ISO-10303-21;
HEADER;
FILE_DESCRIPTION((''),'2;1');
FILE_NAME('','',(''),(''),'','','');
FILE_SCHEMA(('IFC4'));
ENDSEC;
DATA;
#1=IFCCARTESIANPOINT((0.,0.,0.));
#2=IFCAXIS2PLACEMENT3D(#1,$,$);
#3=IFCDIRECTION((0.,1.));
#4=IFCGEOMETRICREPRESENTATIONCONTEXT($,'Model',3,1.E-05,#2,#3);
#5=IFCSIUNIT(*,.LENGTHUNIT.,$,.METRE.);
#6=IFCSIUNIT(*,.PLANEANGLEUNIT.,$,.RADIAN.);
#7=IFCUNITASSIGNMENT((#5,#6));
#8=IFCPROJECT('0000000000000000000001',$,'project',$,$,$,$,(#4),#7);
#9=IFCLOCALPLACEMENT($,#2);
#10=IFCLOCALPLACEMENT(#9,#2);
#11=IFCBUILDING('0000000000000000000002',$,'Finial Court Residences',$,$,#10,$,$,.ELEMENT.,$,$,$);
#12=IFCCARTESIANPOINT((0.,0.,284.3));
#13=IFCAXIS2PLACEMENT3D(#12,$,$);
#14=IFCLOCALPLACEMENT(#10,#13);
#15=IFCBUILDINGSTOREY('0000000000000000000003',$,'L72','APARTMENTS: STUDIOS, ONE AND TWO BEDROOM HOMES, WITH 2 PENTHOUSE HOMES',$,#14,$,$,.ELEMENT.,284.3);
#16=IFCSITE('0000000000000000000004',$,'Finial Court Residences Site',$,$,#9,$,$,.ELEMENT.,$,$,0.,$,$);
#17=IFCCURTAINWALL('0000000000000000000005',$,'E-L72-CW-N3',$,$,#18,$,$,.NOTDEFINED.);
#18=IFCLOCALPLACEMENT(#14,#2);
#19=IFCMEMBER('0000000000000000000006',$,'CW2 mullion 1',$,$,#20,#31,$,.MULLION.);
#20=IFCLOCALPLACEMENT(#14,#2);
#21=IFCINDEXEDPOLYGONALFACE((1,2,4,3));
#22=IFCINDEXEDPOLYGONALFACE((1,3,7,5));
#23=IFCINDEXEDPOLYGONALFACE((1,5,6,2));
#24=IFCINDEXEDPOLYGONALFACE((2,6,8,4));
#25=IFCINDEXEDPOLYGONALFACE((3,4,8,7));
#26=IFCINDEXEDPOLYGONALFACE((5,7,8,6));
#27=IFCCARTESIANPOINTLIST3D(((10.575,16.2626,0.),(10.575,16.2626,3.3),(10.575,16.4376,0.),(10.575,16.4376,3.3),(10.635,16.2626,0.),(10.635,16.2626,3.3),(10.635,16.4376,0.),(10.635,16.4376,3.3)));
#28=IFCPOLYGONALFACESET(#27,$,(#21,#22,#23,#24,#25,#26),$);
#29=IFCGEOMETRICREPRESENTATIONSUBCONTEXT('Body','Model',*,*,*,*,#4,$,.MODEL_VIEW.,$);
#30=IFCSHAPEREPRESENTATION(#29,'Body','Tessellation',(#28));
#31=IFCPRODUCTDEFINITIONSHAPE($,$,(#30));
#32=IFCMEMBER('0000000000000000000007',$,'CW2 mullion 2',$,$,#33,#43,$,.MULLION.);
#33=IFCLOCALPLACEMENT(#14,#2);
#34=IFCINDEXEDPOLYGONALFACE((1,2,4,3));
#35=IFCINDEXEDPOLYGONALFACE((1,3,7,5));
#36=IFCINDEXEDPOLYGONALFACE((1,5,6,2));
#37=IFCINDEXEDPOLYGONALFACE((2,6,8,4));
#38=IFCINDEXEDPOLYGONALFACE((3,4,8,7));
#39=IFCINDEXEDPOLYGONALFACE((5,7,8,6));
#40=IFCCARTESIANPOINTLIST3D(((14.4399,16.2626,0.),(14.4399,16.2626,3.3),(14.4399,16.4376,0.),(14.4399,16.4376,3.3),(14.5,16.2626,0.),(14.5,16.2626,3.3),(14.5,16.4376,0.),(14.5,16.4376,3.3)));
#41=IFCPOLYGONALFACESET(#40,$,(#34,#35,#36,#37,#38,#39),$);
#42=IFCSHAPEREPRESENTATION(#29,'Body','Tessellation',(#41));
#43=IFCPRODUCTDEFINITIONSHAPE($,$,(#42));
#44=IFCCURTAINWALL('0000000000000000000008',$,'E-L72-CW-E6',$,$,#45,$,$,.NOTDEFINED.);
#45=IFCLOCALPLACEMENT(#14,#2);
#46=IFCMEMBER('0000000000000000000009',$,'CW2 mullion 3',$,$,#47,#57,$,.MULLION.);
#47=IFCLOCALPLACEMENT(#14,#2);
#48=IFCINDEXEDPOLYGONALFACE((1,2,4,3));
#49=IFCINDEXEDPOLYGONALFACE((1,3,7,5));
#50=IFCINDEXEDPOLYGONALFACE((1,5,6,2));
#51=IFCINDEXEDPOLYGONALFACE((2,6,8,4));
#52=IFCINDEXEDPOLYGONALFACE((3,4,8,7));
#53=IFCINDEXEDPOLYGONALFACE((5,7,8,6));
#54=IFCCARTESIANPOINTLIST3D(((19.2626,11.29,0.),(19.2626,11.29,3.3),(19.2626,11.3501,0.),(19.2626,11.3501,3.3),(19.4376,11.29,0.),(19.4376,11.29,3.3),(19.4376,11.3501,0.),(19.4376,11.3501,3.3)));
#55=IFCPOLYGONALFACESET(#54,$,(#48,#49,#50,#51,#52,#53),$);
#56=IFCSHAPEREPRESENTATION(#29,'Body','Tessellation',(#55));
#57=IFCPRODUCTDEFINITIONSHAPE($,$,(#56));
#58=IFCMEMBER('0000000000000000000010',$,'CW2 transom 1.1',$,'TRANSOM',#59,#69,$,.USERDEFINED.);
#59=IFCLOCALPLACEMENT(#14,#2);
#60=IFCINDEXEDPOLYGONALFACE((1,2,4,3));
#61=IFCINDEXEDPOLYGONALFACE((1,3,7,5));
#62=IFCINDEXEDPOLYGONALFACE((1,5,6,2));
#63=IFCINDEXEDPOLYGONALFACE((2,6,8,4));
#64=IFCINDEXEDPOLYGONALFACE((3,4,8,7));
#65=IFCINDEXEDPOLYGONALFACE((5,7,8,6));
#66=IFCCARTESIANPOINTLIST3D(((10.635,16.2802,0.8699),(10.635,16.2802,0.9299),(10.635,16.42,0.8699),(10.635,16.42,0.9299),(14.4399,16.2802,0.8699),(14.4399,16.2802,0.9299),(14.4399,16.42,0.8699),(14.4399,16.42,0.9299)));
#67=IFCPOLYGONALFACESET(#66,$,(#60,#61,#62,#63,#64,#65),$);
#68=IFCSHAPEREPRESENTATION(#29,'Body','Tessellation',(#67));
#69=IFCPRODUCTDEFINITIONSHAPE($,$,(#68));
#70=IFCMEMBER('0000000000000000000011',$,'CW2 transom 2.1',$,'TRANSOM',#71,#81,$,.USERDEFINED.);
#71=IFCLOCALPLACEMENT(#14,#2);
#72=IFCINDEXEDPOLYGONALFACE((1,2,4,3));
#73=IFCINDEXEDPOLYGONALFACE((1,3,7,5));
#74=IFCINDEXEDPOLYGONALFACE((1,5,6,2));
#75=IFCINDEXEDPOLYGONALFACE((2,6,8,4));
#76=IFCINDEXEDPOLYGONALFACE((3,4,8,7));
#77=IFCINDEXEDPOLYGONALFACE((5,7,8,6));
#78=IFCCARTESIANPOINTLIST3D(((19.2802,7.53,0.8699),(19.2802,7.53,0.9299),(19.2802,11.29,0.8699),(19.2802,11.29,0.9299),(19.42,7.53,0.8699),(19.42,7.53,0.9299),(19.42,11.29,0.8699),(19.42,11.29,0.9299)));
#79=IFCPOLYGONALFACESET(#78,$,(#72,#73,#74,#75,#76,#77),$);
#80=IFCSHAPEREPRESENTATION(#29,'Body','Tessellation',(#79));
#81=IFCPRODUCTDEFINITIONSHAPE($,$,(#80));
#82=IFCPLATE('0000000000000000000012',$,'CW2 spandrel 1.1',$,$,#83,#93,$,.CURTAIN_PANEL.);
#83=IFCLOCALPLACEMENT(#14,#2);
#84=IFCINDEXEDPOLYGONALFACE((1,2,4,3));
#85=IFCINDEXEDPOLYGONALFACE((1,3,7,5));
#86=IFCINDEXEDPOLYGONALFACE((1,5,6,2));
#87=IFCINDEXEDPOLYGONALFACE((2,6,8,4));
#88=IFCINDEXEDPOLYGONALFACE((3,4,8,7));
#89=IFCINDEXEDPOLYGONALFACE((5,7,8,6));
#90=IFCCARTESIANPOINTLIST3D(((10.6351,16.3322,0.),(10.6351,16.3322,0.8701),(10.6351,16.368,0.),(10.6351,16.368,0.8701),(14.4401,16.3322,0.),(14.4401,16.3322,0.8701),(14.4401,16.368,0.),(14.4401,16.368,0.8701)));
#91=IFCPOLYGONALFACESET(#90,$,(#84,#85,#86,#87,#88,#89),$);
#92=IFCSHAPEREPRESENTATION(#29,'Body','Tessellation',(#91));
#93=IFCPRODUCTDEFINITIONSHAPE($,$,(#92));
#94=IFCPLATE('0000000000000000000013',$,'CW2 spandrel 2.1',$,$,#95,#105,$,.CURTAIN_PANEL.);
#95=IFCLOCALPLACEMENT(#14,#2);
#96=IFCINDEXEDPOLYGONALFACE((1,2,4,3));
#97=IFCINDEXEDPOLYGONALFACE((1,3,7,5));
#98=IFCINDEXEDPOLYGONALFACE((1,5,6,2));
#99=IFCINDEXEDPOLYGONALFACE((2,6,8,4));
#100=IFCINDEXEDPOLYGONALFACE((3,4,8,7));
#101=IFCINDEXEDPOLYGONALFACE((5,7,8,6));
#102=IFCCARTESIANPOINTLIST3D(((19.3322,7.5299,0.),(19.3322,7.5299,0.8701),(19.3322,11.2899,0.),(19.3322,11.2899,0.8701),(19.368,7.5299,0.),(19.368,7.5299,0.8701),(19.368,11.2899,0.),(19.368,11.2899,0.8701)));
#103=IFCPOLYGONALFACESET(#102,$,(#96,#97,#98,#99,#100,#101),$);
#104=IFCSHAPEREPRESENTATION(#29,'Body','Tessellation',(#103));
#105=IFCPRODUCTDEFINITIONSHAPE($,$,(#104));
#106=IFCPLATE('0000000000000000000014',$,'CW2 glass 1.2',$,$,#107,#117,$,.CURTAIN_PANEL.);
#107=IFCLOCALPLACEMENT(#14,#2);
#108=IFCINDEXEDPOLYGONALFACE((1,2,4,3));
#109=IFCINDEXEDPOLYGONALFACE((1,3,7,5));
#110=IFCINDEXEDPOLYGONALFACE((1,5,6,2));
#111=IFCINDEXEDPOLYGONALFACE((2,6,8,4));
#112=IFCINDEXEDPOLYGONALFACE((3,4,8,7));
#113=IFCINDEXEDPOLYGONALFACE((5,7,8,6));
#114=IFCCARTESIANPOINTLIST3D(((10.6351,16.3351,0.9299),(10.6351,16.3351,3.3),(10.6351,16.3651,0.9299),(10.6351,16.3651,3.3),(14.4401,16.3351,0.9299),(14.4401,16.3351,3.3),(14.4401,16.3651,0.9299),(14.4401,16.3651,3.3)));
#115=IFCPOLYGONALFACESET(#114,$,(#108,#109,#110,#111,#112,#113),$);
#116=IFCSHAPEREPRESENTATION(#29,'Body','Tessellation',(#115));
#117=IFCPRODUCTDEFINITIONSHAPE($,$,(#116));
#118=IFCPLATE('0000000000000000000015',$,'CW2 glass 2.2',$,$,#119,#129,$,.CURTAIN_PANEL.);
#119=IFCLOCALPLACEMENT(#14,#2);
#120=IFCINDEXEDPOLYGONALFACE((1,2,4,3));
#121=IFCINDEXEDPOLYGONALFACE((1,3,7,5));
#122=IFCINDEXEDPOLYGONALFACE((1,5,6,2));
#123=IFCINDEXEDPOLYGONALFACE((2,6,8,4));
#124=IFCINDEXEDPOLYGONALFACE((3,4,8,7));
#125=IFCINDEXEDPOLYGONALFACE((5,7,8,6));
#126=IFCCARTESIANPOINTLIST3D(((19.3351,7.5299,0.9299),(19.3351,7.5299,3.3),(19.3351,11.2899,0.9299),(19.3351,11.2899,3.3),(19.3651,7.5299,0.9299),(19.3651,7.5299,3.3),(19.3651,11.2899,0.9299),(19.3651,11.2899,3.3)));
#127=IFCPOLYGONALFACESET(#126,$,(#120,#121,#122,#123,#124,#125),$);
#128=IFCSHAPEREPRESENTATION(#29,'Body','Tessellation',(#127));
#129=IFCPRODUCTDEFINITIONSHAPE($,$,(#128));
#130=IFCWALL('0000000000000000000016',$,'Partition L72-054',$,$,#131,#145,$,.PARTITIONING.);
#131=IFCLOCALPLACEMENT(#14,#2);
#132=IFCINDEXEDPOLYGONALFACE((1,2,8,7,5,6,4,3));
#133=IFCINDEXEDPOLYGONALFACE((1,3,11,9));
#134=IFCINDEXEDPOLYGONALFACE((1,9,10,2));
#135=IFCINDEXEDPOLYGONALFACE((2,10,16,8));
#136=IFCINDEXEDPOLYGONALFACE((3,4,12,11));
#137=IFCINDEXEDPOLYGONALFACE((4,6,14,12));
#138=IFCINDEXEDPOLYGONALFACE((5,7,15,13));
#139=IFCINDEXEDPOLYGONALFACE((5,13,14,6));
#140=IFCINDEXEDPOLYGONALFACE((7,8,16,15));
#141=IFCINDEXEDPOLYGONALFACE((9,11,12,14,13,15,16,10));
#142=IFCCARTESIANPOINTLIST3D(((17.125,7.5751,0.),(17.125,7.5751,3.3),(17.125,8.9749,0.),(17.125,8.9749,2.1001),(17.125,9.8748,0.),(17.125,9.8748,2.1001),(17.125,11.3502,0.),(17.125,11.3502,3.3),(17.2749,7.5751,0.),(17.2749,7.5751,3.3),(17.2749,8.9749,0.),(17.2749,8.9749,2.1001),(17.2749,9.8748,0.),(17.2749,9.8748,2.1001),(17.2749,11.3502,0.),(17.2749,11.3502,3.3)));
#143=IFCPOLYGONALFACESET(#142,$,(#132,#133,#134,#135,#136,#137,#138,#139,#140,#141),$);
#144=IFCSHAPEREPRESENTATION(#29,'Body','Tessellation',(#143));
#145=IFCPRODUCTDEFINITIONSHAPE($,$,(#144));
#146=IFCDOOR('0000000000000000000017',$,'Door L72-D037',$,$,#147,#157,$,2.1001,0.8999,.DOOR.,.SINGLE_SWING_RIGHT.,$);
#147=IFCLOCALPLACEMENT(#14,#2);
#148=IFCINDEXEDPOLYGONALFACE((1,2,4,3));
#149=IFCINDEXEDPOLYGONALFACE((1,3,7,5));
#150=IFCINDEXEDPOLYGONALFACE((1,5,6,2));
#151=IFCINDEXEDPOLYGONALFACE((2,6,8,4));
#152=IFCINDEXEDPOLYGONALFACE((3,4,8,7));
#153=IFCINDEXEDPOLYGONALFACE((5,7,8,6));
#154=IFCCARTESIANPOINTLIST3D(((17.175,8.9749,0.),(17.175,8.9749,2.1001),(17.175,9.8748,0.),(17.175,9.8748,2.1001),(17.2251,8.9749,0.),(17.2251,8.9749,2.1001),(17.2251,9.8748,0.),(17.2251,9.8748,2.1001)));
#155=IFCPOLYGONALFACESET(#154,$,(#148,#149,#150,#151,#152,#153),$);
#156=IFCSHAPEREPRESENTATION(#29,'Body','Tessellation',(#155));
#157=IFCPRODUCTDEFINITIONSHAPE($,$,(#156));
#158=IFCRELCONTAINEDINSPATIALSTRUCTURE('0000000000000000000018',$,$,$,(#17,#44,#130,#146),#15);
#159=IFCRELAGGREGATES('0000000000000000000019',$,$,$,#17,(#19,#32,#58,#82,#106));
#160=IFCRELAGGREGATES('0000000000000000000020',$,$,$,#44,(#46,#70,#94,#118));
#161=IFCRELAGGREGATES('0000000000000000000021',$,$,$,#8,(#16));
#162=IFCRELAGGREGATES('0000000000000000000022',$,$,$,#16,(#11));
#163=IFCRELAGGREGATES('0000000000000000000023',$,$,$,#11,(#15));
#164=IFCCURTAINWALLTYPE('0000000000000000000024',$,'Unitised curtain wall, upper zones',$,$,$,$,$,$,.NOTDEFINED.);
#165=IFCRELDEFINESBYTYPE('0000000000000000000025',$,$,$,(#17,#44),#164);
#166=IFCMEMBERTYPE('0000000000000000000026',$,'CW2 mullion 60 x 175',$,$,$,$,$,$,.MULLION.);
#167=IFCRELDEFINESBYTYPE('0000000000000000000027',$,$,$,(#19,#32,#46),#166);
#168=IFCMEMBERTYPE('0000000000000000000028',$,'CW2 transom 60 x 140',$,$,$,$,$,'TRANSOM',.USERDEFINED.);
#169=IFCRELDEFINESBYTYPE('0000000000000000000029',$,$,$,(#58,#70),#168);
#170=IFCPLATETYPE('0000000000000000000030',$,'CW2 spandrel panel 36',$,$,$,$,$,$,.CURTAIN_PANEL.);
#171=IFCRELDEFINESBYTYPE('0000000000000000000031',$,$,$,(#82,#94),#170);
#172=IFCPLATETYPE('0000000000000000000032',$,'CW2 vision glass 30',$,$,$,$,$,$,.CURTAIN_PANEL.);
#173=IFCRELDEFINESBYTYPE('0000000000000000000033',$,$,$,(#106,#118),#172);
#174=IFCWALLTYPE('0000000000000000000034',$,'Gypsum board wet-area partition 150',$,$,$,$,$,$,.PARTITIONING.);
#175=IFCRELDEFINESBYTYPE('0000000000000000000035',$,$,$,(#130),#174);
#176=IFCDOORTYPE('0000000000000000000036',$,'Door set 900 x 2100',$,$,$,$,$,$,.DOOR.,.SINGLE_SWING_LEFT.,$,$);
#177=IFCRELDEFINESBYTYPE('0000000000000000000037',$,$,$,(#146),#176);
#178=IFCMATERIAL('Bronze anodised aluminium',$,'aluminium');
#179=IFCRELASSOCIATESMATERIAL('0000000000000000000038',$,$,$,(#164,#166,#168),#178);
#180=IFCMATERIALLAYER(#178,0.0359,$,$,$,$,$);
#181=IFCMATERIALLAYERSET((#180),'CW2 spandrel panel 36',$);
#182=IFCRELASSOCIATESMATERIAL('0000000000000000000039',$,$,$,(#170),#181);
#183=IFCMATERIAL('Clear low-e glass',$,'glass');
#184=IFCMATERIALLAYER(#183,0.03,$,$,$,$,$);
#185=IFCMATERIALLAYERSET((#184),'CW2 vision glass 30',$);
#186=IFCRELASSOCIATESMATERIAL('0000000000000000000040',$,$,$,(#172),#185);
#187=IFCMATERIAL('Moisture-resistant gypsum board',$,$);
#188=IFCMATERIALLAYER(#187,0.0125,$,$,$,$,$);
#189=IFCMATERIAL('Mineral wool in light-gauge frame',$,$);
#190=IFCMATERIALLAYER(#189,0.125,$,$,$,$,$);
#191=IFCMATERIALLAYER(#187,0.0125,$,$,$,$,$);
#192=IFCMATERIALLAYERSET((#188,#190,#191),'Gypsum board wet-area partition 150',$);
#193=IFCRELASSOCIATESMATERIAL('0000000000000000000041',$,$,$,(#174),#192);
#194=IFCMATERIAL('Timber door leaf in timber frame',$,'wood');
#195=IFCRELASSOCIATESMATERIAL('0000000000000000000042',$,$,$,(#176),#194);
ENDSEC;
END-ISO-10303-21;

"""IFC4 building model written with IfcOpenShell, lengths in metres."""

from ifc_helpers import new_model, si_unit, direction, frame, frame_2d, origin, origin_2d, place, context, subcontext, project, spatial, rectangle, extrude, material, layer, layer_set, material_profile, profile_set, type_object, element, fill, aggregate, save


model = new_model("IFC4")

# Units and contexts
model_context = context("Model", 3, precision=1e-05, world=origin(), true_north=direction((0.0, 1.0)))
body_context = subcontext(model_context, "Body", "Model", "MODEL_VIEW")
ifc_project = project(units=[si_unit("LENGTHUNIT", "METRE"), si_unit("PLANEANGLEUNIT", "RADIAN")], contexts=[model_context])

# Site, building, storey
site_placement = place(None, origin())
site = spatial("IfcSite", under=ifc_project, at=site_placement, Name="Finial Court Residences Site", CompositionType="ELEMENT", RefElevation=0.0)
building_placement = place(site_placement, origin())
building = spatial("IfcBuilding", under=site, at=building_placement, Name="Finial Court Residences", CompositionType="ELEMENT")
storey_placement = place(building_placement, frame((0.0, 0.0, 284.3)))
storey = spatial("IfcBuildingStorey", under=building, at=storey_placement, Name="L72", Description="APARTMENTS: STUDIOS, ONE AND TWO BEDROOM HOMES, WITH 2 PENTHOUSE HOMES", CompositionType="ELEMENT", Elevation=284.3)

# Curtain wall, members
ifc_material_1 = material(Name="Bronze anodised aluminium", Category="aluminium")
curtain_wall_type = type_object("IfcCurtainWallType", Name="Unitised curtain wall, upper zones", PredefinedType="NOTDEFINED", material=ifc_material_1)
curtain_wall_1_placement = place(storey_placement, origin())
curtain_wall_1 = element("IfcCurtainWall", 1, at=curtain_wall_1_placement, inside=storey, type_object=curtain_wall_type, Name="E-L72-CW-N3", PredefinedType="NOTDEFINED")
ifc_material_profile_1 = material_profile(ifc_material_1, rectangle(XDim=0.175, YDim=0.0601, at=origin_2d()), Name="CW2 mullion 60 x 175")
ifc_profile_set_1 = profile_set([ifc_material_profile_1], Name="Bronze anodised aluminium")
member_type_1 = type_object("IfcMemberType", Name="CW2 mullion 60 x 175", PredefinedType="MULLION", material=ifc_profile_set_1)
member_1_placement = place(storey_placement, frame((10.605, 16.3501, 0.0), z_axis=(0.0, 0.0, 1.0), x_axis=(0.0, 1.0, 0.0)))
member_1 = element("IfcMember", 2, at=member_1_placement, type_object=member_type_1, Name="CW2 mullion 1", PredefinedType="MULLION", context=body_context, shape_type="SweptSolid", body=[
    extrude(rectangle(XDim=0.175, YDim=0.0601, at=origin_2d()), origin(), (0.0, 0.0, 1.0), 3.3),
])
member_2_placement = place(storey_placement, frame((14.47, 16.3501, 0.0), z_axis=(0.0, 0.0, 1.0), x_axis=(0.0, 1.0, 0.0)))
member_2 = element("IfcMember", 3, at=member_2_placement, type_object=member_type_1, Name="CW2 mullion 2", PredefinedType="MULLION", context=body_context, shape_type="SweptSolid", body=[
    extrude(rectangle(XDim=0.175, YDim=0.0601, at=origin_2d()), origin(), (0.0, 0.0, 1.0), 3.3),
])

# Curtain wall, member
curtain_wall_2_placement = place(storey_placement, origin())
curtain_wall_2 = element("IfcCurtainWall", 4, at=curtain_wall_2_placement, inside=storey, type_object=curtain_wall_type, Name="E-L72-CW-E6", PredefinedType="NOTDEFINED")
member_3_placement = place(storey_placement, frame((19.3501, 11.3201, 0.0), z_axis=(0.0, 0.0, 1.0), x_axis=(-1.0, 0.0, 0.0)))
member_3 = element("IfcMember", 5, at=member_3_placement, type_object=member_type_1, Name="CW2 mullion 3", PredefinedType="MULLION", context=body_context, shape_type="SweptSolid", body=[
    extrude(rectangle(XDim=0.175, YDim=0.0601, at=origin_2d()), origin(), (0.0, 0.0, 1.0), 3.3),
])

# Members
ifc_material_profile_2 = material_profile(ifc_material_1, rectangle(XDim=0.1399, YDim=0.0601, at=origin_2d()), Name="CW2 transom 60 x 140")
ifc_profile_set_2 = profile_set([ifc_material_profile_2], Name="Bronze anodised aluminium")
member_type_2 = type_object("IfcMemberType", Name="CW2 transom 60 x 140", ElementType="TRANSOM", PredefinedType="USERDEFINED", material=ifc_profile_set_2)
member_4_placement = place(storey_placement, frame((10.635, 16.3501, 0.8999), z_axis=(1.0, 0.0, 0.0), x_axis=(0.0, 1.0, 0.0)))
member_4 = element("IfcMember", 6, at=member_4_placement, type_object=member_type_2, Name="CW2 transom 1.1", ObjectType="TRANSOM", PredefinedType="USERDEFINED", context=body_context, shape_type="SweptSolid", body=[
    extrude(rectangle(XDim=0.1399, YDim=0.0601, at=origin_2d()), origin(), (0.0, 0.0, 1.0), 3.8049),
])
member_5_placement = place(storey_placement, frame((19.3501, 7.53, 0.8999), z_axis=(0.0, 1.0, 0.0), x_axis=(-1.0, 0.0, 0.0)))
member_5 = element("IfcMember", 7, at=member_5_placement, type_object=member_type_2, Name="CW2 transom 2.1", ObjectType="TRANSOM", PredefinedType="USERDEFINED", context=body_context, shape_type="SweptSolid", body=[
    extrude(rectangle(XDim=0.1399, YDim=0.0601, at=origin_2d()), origin(), (0.0, 0.0, 1.0), 3.76),
])

# Plates
ifc_layer_1 = layer(ifc_material_1, 0.0359)
ifc_layer_set_1 = layer_set([ifc_layer_1], Name="CW2 spandrel panel 36")
plate_type_1 = type_object("IfcPlateType", Name="CW2 spandrel panel 36", PredefinedType="CURTAIN_PANEL", material=ifc_layer_set_1)
plate_1_placement = place(storey_placement, frame((12.5376, 16.3501, 0.0), z_axis=(0.0, 0.0, 1.0), x_axis=(1.0, 0.0, 0.0)))
plate_1 = element("IfcPlate", 8, at=plate_1_placement, type_object=plate_type_1, Name="CW2 spandrel 1.1", PredefinedType="CURTAIN_PANEL", context=body_context, shape_type="SweptSolid", body=[
    extrude(rectangle(XDim=3.8049, YDim=0.0359, at=origin_2d()), origin(), (0.0, 0.0, 1.0), 0.8701),
])
plate_2_placement = place(storey_placement, frame((19.3501, 9.4099, 0.0), z_axis=(0.0, 0.0, 1.0), x_axis=(0.0, 1.0, 0.0)))
plate_2 = element("IfcPlate", 9, at=plate_2_placement, type_object=plate_type_1, Name="CW2 spandrel 2.1", PredefinedType="CURTAIN_PANEL", context=body_context, shape_type="SweptSolid", body=[
    extrude(rectangle(XDim=3.76, YDim=0.0359, at=origin_2d()), origin(), (0.0, 0.0, 1.0), 0.8701),
])
ifc_material_2 = material(Name="Clear low-e glass", Category="glass")
ifc_layer_2 = layer(ifc_material_2, 0.03)
ifc_layer_set_2 = layer_set([ifc_layer_2], Name="CW2 vision glass 30")
plate_type_2 = type_object("IfcPlateType", Name="CW2 vision glass 30", PredefinedType="CURTAIN_PANEL", material=ifc_layer_set_2)
plate_3_placement = place(storey_placement, frame((12.5376, 16.3501, 0.9299), z_axis=(0.0, 0.0, 1.0), x_axis=(1.0, 0.0, 0.0)))
plate_3 = element("IfcPlate", 10, at=plate_3_placement, type_object=plate_type_2, Name="CW2 glass 1.2", PredefinedType="CURTAIN_PANEL", context=body_context, shape_type="SweptSolid", body=[
    extrude(rectangle(XDim=3.8049, YDim=0.03, at=origin_2d()), origin(), (0.0, 0.0, 1.0), 2.3701),
])
aggregate(curtain_wall_1, [member_1, member_2, member_4, plate_1, plate_3])
plate_4_placement = place(storey_placement, frame((19.3501, 9.4099, 0.9299), z_axis=(0.0, 0.0, 1.0), x_axis=(0.0, 1.0, 0.0)))
plate_4 = element("IfcPlate", 11, at=plate_4_placement, type_object=plate_type_2, Name="CW2 glass 2.2", PredefinedType="CURTAIN_PANEL", context=body_context, shape_type="SweptSolid", body=[
    extrude(rectangle(XDim=3.76, YDim=0.03, at=origin_2d()), origin(), (0.0, 0.0, 1.0), 2.3701),
])
aggregate(curtain_wall_2, [member_3, member_5, plate_2, plate_4])

# Wall, opening, door
ifc_material_3 = material(Name="Moisture-resistant gypsum board")
ifc_layer_3 = layer(ifc_material_3, 0.0125)
ifc_material_4 = material(Name="Mineral wool in light-gauge frame")
ifc_layer_4 = layer(ifc_material_4, 0.125)
ifc_layer_5 = layer(ifc_material_3, 0.0125)
ifc_layer_set_3 = layer_set([ifc_layer_3, ifc_layer_4, ifc_layer_5], Name="Gypsum board wet-area partition 150")
wall_type_1 = type_object("IfcWallType", Name="Gypsum board wet-area partition 150", PredefinedType="PARTITIONING", material=ifc_layer_set_3)
wall_1_placement = place(storey_placement, frame((17.2, 7.575, 0.0), z_axis=(0.0, 0.0, 1.0), x_axis=(0.0, 1.0, 0.0)))
wall_1 = element("IfcWall", 12, at=wall_1_placement, inside=storey, type_object=wall_type_1, Name="Partition L72-054", PredefinedType="PARTITIONING", context=body_context, shape_type="SweptSolid", body=[
    extrude(rectangle(XDim=3.7751, YDim=0.1499, at=frame_2d((1.8877, 0.0))), origin(), (0.0, 0.0, 1.0), 3.3),
])
opening_1_placement = place(wall_1_placement, frame((1.3999, 0.0, 0.0)))
opening_1 = element("IfcOpeningElement", 13, at=opening_1_placement, cuts=wall_1, PredefinedType="OPENING", context=body_context, shape_type="SweptSolid", body=[
    extrude(rectangle(XDim=0.8999, YDim=2.1001, at=frame_2d((0.45, 1.05))), frame((0.0, 0.085, 0.0), z_axis=(0.0, -1.0, 0.0), x_axis=(1.0, 0.0, 0.0)), (0.0, 0.0, 1.0), 0.1699),
])
ifc_material_5 = material(Name="Timber door leaf in timber frame", Category="wood")
door_type = type_object("IfcDoorType", Name="Door set 900 x 2100", OperationType="SINGLE_SWING_LEFT", PredefinedType="DOOR", material=ifc_material_5)
door_placement = place(opening_1_placement, origin())
door = element("IfcDoor", 14, at=door_placement, inside=storey, type_object=door_type, Name="Door L72-D037", OperationType="SINGLE_SWING_RIGHT", OverallHeight=2.1001, OverallWidth=0.8999, PredefinedType="DOOR", context=body_context, shape_type="SweptSolid", body=[
    extrude(rectangle(XDim=0.8999, YDim=2.1001, at=frame_2d((0.45, 1.05))), frame((0.0, 0.0249, 0.0), z_axis=(0.0, -1.0, 0.0), x_axis=(1.0, 0.0, 0.0)), (0.0, 0.0, 1.0), 0.05),
])
fill(opening_1, door)

save(model, "model.ifc")
